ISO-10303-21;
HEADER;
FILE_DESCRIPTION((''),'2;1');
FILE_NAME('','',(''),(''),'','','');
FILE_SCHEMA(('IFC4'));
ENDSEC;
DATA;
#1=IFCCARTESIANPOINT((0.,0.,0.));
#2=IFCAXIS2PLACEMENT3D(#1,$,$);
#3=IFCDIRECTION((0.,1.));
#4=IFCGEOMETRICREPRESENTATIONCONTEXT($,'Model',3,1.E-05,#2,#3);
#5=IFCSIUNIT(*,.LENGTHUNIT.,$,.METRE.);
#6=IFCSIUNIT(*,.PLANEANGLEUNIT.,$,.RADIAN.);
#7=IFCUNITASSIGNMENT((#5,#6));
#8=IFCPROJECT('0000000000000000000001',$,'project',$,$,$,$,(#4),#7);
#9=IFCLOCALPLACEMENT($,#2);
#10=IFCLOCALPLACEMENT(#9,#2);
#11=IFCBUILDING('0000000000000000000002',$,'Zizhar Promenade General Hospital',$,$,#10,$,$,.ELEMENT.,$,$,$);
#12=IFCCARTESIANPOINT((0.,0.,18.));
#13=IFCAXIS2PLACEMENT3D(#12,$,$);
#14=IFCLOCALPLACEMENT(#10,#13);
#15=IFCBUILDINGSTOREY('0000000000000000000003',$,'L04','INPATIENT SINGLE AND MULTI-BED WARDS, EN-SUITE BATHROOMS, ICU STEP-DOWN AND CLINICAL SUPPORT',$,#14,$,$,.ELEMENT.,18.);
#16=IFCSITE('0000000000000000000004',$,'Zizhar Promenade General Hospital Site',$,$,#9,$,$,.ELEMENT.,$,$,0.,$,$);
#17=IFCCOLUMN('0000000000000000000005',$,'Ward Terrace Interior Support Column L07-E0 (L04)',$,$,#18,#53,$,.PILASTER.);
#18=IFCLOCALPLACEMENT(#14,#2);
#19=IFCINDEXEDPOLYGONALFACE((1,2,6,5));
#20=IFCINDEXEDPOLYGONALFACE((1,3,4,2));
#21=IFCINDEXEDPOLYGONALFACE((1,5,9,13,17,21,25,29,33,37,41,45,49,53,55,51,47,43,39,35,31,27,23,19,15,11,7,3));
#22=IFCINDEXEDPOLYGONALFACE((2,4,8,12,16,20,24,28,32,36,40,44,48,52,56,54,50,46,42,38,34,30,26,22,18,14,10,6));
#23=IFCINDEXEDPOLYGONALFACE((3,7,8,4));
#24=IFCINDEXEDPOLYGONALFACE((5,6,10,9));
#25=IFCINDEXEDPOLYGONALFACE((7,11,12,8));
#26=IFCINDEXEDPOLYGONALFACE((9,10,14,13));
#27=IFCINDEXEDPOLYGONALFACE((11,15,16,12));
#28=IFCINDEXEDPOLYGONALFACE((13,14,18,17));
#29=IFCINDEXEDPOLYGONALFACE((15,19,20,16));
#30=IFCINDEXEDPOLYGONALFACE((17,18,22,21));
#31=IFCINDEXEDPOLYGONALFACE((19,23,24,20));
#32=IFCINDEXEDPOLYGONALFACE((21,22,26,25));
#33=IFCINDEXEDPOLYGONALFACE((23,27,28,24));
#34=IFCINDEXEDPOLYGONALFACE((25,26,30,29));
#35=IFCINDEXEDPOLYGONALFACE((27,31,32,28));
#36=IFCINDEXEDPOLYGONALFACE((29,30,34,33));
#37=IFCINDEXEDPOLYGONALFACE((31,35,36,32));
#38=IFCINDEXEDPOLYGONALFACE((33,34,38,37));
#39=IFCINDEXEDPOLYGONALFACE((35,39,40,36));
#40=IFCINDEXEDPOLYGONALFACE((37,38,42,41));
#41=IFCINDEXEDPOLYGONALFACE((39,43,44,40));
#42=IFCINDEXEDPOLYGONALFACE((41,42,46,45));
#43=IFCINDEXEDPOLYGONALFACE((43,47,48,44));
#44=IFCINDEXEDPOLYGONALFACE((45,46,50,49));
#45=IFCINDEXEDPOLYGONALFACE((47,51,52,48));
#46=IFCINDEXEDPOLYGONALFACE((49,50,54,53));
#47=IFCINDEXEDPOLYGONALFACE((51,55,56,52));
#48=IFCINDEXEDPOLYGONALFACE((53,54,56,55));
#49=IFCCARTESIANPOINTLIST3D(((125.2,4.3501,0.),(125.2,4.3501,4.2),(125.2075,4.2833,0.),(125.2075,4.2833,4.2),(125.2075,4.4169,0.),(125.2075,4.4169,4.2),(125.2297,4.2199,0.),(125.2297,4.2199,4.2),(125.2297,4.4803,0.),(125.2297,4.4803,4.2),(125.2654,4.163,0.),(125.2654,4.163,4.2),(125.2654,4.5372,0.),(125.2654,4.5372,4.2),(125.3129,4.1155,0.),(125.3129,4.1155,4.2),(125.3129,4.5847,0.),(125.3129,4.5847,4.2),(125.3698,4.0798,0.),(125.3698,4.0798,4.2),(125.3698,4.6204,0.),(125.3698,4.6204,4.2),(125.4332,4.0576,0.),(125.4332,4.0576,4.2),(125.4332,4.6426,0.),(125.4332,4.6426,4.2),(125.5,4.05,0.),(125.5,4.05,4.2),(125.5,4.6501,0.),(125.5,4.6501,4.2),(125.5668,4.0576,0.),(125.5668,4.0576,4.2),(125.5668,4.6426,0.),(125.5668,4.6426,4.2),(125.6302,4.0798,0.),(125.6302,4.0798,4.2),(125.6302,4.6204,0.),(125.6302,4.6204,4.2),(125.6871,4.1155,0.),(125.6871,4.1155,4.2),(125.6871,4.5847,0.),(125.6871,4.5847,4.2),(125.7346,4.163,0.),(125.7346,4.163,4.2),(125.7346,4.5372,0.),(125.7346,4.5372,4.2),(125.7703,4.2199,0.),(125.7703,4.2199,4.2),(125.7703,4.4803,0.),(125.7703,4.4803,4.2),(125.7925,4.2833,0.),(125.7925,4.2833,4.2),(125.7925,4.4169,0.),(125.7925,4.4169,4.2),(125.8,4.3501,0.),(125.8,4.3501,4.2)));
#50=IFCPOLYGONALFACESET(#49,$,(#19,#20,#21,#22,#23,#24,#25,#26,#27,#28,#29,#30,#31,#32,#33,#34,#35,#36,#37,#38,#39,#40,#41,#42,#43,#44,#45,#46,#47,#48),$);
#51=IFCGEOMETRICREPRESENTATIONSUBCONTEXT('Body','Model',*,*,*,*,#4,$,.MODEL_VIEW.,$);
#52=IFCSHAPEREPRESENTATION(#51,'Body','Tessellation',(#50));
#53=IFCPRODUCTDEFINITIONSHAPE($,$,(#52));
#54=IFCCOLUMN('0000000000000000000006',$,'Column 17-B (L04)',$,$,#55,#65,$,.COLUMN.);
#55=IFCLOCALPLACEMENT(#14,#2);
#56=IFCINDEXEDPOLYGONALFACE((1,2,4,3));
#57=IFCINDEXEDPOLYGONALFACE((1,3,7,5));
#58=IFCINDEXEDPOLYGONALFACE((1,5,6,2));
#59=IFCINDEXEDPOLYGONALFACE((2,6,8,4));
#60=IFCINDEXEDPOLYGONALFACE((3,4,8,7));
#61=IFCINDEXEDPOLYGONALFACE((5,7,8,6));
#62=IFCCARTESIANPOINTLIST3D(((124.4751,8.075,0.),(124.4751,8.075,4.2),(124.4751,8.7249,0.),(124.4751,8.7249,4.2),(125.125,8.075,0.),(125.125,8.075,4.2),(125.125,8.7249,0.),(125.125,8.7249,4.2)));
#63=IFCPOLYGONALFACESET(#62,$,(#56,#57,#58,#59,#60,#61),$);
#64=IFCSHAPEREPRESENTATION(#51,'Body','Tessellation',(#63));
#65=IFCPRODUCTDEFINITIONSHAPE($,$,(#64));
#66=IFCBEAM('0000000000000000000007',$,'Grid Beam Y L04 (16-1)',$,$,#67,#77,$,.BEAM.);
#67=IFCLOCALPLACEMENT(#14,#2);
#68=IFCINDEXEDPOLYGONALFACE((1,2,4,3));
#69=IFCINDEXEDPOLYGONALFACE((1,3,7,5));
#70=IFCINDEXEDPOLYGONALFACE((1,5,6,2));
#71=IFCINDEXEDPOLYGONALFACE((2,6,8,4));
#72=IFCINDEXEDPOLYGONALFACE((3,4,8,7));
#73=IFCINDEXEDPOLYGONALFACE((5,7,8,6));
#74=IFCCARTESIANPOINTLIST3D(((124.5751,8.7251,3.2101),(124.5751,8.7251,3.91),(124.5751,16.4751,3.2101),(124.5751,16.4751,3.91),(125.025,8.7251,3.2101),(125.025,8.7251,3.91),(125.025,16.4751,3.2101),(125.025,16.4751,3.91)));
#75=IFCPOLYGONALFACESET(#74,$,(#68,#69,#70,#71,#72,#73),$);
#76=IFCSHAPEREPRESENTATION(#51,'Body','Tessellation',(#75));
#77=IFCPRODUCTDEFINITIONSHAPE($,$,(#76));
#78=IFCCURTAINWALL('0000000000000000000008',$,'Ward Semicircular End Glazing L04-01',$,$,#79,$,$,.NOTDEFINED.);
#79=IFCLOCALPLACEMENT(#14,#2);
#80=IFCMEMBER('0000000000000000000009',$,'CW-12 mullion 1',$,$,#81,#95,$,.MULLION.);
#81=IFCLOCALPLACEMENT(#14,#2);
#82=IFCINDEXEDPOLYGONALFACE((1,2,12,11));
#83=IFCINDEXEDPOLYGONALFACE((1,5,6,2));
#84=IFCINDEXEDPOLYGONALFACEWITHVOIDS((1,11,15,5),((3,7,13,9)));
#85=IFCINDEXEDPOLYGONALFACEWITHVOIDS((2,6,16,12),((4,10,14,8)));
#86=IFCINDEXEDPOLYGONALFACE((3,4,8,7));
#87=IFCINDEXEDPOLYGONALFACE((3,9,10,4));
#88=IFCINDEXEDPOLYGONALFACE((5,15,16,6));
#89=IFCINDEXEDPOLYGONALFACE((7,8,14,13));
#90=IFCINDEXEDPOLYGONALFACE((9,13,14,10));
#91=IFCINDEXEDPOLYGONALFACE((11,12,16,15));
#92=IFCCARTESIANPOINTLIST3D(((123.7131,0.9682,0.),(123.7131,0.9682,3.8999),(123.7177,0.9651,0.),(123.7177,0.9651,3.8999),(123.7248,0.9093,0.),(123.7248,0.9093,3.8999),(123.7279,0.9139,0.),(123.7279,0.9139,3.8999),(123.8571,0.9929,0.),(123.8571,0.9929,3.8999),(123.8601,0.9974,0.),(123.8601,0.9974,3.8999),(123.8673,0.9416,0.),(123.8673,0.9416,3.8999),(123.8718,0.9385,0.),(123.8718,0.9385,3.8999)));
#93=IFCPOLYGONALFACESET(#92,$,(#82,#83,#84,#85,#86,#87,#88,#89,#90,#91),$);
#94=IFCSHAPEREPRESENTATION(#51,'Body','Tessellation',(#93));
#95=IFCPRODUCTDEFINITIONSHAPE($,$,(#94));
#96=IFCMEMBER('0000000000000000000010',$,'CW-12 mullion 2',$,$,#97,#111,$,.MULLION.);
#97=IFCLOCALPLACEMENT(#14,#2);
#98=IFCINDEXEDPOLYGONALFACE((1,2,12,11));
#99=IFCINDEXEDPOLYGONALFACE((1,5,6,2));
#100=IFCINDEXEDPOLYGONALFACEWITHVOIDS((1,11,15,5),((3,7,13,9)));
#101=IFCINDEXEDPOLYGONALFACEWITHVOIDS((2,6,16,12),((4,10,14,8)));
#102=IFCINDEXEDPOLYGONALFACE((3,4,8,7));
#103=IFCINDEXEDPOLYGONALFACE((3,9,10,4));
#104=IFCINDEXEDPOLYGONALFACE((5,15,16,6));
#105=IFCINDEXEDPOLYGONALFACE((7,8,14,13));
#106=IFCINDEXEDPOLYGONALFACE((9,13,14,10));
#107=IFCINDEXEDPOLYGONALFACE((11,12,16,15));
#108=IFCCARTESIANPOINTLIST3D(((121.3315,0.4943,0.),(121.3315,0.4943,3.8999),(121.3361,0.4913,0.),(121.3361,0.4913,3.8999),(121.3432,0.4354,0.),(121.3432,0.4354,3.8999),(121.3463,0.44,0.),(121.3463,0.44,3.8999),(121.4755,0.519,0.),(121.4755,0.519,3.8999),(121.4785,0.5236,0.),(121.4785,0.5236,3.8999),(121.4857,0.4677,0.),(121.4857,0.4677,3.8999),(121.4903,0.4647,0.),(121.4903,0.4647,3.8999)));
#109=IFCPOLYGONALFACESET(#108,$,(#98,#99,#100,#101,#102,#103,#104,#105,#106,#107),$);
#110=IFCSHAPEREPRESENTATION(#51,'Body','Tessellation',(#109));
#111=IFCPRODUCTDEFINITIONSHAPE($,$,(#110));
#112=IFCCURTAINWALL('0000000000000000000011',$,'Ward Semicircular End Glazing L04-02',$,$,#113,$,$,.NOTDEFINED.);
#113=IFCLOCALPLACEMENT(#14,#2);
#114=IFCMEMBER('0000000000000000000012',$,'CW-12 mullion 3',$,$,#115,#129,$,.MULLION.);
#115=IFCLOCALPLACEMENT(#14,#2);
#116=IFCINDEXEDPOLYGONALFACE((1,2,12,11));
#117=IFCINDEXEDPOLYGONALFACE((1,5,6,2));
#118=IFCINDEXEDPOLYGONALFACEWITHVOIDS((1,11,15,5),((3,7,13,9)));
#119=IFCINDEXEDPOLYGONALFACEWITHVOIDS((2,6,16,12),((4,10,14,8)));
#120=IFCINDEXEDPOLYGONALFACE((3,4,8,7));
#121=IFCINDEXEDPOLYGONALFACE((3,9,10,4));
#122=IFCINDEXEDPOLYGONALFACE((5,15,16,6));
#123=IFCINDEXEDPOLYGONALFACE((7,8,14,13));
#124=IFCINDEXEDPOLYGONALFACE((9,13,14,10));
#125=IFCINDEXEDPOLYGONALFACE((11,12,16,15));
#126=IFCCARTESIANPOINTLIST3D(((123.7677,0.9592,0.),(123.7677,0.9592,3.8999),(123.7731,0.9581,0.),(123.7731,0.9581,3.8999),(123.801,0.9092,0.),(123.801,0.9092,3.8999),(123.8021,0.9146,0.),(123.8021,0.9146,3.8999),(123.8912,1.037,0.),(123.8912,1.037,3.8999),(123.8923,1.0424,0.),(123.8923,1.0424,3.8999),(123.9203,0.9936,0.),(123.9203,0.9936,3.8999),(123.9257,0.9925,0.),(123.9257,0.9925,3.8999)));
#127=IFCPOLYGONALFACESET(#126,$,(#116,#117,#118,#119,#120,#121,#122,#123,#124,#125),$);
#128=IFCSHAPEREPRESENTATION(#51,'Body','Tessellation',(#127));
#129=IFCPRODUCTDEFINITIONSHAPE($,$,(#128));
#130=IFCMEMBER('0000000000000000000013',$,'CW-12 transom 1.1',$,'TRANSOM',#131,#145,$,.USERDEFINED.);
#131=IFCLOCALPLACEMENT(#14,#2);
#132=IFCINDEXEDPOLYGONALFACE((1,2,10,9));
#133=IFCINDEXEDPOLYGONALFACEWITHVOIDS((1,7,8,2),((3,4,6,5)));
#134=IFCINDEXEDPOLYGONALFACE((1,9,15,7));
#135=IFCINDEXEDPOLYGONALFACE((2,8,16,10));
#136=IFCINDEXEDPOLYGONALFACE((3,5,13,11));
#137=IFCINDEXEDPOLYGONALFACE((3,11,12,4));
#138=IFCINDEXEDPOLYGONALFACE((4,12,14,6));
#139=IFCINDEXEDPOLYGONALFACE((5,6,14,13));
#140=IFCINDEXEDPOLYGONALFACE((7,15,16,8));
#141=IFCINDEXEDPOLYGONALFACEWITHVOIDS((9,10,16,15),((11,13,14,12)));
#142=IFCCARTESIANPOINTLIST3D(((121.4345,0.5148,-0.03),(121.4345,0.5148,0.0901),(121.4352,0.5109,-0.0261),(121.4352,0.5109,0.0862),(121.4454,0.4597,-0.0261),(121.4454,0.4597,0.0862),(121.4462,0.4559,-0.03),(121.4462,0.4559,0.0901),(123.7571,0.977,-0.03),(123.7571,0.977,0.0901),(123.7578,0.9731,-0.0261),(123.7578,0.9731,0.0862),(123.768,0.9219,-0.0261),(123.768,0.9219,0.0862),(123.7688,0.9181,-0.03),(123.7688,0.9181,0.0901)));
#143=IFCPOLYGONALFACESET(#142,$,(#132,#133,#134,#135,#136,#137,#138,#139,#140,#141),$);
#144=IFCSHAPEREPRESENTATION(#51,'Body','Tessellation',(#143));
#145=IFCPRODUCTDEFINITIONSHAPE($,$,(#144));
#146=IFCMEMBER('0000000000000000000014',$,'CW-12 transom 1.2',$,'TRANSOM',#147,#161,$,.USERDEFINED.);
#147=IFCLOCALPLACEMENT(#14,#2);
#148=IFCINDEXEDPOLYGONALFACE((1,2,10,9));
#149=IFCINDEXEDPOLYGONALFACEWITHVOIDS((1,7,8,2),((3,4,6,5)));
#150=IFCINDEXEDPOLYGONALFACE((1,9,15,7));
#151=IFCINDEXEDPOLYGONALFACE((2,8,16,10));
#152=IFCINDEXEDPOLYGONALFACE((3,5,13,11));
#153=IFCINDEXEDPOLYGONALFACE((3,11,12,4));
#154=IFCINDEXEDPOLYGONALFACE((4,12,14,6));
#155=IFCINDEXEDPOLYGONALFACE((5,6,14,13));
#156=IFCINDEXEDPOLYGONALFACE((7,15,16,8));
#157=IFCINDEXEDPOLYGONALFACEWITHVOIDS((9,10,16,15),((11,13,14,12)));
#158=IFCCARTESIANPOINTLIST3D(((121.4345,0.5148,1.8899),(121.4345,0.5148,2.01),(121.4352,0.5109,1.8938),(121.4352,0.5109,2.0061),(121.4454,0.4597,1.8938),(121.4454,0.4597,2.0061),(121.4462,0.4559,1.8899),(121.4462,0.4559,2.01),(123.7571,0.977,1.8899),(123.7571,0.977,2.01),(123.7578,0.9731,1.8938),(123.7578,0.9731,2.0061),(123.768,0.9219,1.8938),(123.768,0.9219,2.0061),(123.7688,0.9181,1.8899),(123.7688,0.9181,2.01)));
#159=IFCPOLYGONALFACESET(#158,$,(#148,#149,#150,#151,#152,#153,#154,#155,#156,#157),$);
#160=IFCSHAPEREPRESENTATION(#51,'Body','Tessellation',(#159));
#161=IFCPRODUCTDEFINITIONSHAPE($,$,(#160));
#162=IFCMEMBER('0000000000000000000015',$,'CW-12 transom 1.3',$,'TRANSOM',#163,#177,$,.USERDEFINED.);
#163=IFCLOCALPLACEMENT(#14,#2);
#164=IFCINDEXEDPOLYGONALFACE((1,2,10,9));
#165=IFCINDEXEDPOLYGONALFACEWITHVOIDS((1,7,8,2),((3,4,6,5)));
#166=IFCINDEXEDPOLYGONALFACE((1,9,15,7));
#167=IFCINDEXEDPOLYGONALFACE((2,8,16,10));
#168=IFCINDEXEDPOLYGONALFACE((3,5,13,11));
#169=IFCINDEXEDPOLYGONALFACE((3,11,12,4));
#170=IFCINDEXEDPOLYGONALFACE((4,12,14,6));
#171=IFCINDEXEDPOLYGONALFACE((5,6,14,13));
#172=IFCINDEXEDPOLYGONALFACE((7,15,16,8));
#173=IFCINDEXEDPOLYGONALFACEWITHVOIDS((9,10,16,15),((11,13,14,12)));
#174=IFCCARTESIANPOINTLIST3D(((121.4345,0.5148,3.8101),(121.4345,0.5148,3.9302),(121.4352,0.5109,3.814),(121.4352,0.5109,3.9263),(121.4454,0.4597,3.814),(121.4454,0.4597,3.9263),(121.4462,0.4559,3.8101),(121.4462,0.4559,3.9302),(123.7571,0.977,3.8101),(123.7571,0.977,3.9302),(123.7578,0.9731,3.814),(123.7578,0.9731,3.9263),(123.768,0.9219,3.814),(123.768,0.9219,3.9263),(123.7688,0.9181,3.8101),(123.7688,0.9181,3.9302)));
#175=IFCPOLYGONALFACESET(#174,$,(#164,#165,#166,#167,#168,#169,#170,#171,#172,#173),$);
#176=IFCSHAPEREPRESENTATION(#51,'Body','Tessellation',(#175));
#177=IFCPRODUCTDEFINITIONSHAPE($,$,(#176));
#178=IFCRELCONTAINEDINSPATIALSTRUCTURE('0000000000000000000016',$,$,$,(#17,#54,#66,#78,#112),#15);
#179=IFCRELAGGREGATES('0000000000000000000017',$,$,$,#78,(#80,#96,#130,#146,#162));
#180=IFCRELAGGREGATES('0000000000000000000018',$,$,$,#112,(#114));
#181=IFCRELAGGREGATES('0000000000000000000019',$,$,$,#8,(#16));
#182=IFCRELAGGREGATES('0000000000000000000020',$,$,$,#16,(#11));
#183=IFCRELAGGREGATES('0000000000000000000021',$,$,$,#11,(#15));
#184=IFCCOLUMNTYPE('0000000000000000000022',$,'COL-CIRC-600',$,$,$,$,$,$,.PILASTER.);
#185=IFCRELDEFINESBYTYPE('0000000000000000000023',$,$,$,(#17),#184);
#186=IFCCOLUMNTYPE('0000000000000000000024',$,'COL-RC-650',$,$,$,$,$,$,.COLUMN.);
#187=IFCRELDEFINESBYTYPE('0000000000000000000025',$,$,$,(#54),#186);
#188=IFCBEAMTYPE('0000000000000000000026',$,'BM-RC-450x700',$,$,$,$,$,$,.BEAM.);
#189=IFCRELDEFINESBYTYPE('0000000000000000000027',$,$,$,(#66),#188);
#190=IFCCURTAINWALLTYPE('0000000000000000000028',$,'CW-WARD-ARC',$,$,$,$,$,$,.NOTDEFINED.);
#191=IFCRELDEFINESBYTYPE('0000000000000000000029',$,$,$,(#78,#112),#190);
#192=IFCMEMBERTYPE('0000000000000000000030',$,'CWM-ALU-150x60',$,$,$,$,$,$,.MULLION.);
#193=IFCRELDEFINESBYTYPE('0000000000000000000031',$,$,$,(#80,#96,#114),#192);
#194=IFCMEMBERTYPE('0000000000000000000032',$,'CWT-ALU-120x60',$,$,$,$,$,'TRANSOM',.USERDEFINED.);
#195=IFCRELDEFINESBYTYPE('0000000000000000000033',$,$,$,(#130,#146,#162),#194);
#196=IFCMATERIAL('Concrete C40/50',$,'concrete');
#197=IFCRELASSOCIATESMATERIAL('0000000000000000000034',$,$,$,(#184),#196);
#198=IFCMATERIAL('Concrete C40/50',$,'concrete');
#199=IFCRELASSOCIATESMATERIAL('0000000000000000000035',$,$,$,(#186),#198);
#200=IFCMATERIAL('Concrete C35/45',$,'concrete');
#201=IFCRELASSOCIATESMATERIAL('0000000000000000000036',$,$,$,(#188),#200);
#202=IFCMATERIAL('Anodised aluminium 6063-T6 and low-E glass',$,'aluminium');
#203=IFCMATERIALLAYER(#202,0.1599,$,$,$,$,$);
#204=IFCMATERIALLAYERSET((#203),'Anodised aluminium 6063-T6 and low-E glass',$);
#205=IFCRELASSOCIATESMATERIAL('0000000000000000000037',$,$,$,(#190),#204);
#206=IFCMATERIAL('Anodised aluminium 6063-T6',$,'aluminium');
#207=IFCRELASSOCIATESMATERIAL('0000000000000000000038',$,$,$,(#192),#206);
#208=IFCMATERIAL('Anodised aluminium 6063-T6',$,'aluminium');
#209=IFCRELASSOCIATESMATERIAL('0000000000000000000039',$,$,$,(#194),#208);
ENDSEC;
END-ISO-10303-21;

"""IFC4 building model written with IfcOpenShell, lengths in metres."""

from ifc_helpers import new_model, si_unit, direction, frame, origin, origin_2d, place, context, subcontext, project, spatial, rectangle, hollow_rectangle, circle, extrude, material, layer, layer_set, material_profile, profile_set, type_object, element, aggregate, save


model = new_model("IFC4")

# Units and contexts
model_context = context("Model", 3, precision=1e-05, world=origin(), true_north=direction((0.0, 1.0)))
body_context = subcontext(model_context, "Body", "Model", "MODEL_VIEW")
ifc_project = project(units=[si_unit("LENGTHUNIT", "METRE"), si_unit("PLANEANGLEUNIT", "RADIAN")], contexts=[model_context])

# Site, building, storey
site_placement = place(None, origin())
site = spatial("IfcSite", under=ifc_project, at=site_placement, Name="Zizhar Promenade General Hospital Site", CompositionType="ELEMENT", RefElevation=0.0)
building_placement = place(site_placement, origin())
building = spatial("IfcBuilding", under=site, at=building_placement, Name="Zizhar Promenade General Hospital", CompositionType="ELEMENT")
storey_placement = place(building_placement, frame((0.0, 0.0, 18.0)))
storey = spatial("IfcBuildingStorey", under=building, at=storey_placement, Name="L04", Description="INPATIENT SINGLE AND MULTI-BED WARDS, EN-SUITE BATHROOMS, ICU STEP-DOWN AND CLINICAL SUPPORT", CompositionType="ELEMENT", Elevation=18.0)

# Columns
ifc_material_1 = material(Name="Concrete C40/50", Category="concrete")
ifc_material_profile_1 = material_profile(ifc_material_1, circle(Radius=0.3, at=origin_2d()))
ifc_profile_set_1 = profile_set([ifc_material_profile_1], Name="Concrete C40/50")
column_type_1 = type_object("IfcColumnType", Name="COL-CIRC-600", PredefinedType="PILASTER", material=ifc_profile_set_1)
column_1_placement = place(storey_placement, frame((125.5, 4.3501, 0.0), z_axis=(0.0, 0.0, 1.0), x_axis=(1.0, 0.0, 0.0)))
element("IfcColumn", 1, at=column_1_placement, inside=storey, type_object=column_type_1, Name="Ward Terrace Interior Support Column L07-E0 (L04)", PredefinedType="PILASTER", context=body_context, shape_type="SweptSolid", body=[
    extrude(circle(Radius=0.3, at=origin_2d()), origin(), (0.0, 0.0, 1.0), 4.2),
])
ifc_material_2 = material(Name="Concrete C40/50", Category="concrete")
ifc_material_profile_2 = material_profile(ifc_material_2, rectangle(XDim=0.6499, YDim=0.6499, at=origin_2d()))
ifc_profile_set_2 = profile_set([ifc_material_profile_2], Name="Concrete C40/50")
column_type_2 = type_object("IfcColumnType", Name="COL-RC-650", PredefinedType="COLUMN", material=ifc_profile_set_2)
column_2_placement = place(storey_placement, frame((124.8, 8.3999, 0.0), z_axis=(0.0, 0.0, 1.0), x_axis=(1.0, 0.0, 0.0)))
element("IfcColumn", 2, at=column_2_placement, inside=storey, type_object=column_type_2, Name="Column 17-B (L04)", PredefinedType="COLUMN", context=body_context, shape_type="SweptSolid", body=[
    extrude(rectangle(XDim=0.6499, YDim=0.6499, at=origin_2d()), origin(), (0.0, 0.0, 1.0), 4.2),
])

# Beam
ifc_material_3 = material(Name="Concrete C35/45", Category="concrete")
ifc_material_profile_3 = material_profile(ifc_material_3, rectangle(XDim=0.45, YDim=0.7, at=origin_2d()))
ifc_profile_set_3 = profile_set([ifc_material_profile_3], Name="Concrete C35/45")
beam_type = type_object("IfcBeamType", Name="BM-RC-450x700", PredefinedType="BEAM", material=ifc_profile_set_3)
beam_placement = place(storey_placement, frame((124.8, 8.7251, 3.5601), z_axis=(0.0, 1.0, 0.0), x_axis=(-1.0, 0.0, 0.0)))
element("IfcBeam", 3, at=beam_placement, inside=storey, type_object=beam_type, Name="Grid Beam Y L04 (16-1)", PredefinedType="BEAM", context=body_context, shape_type="SweptSolid", body=[
    extrude(rectangle(XDim=0.45, YDim=0.7, at=origin_2d()), origin(), (0.0, 0.0, 1.0), 7.75),
])

# Curtain wall, members
ifc_material_4 = material(Name="Anodised aluminium 6063-T6 and low-E glass", Category="aluminium")
ifc_layer_1 = layer(ifc_material_4, 0.1599)
ifc_layer_set_1 = layer_set([ifc_layer_1], Name="Anodised aluminium 6063-T6 and low-E glass")
curtain_wall_type = type_object("IfcCurtainWallType", Name="CW-WARD-ARC", PredefinedType="NOTDEFINED", material=ifc_layer_set_1)
curtain_wall_1_placement = place(storey_placement, origin())
curtain_wall_1 = element("IfcCurtainWall", 4, at=curtain_wall_1_placement, inside=storey, type_object=curtain_wall_type, Name="Ward Semicircular End Glazing L04-01", PredefinedType="NOTDEFINED")
ifc_material_5 = material(Name="Anodised aluminium 6063-T6", Category="aluminium")
ifc_material_profile_4 = material_profile(ifc_material_5, hollow_rectangle(XDim=0.0601, YDim=0.1499, WallThickness=0.0039, at=origin_2d()))
ifc_profile_set_4 = profile_set([ifc_material_profile_4], Name="Anodised aluminium 6063-T6")
member_type_1 = type_object("IfcMemberType", Name="CWM-ALU-150x60", PredefinedType="MULLION", material=ifc_profile_set_4)
member_1_placement = place(storey_placement, frame((123.7925, 0.9534, 0.0), z_axis=(0.0, 0.0, 1.0), x_axis=(0.195087, -0.980786, 0.0)))
member_1 = element("IfcMember", 5, at=member_1_placement, type_object=member_type_1, Name="CW-12 mullion 1", PredefinedType="MULLION", context=body_context, shape_type="SweptSolid", body=[
    extrude(hollow_rectangle(XDim=0.0601, YDim=0.1499, WallThickness=0.0039, at=origin_2d()), origin(), (0.0, 0.0, 1.0), 3.8999),
])
member_2_placement = place(storey_placement, frame((121.4109, 0.4795, 0.0), z_axis=(0.0, 0.0, 1.0), x_axis=(0.195087, -0.980786, 0.0)))
member_2 = element("IfcMember", 6, at=member_2_placement, type_object=member_type_1, Name="CW-12 mullion 2", PredefinedType="MULLION", context=body_context, shape_type="SweptSolid", body=[
    extrude(hollow_rectangle(XDim=0.0601, YDim=0.1499, WallThickness=0.0039, at=origin_2d()), origin(), (0.0, 0.0, 1.0), 3.8999),
])

# Curtain wall, member
curtain_wall_2_placement = place(storey_placement, origin())
curtain_wall_2 = element("IfcCurtainWall", 7, at=curtain_wall_2_placement, inside=storey, type_object=curtain_wall_type, Name="Ward Semicircular End Glazing L04-02", PredefinedType="NOTDEFINED")
member_3_placement = place(storey_placement, frame((123.8467, 0.9758, 0.0), z_axis=(0.0, 0.0, 1.0), x_axis=(0.555582, -0.831462, 0.0)))
member_3 = element("IfcMember", 8, at=member_3_placement, type_object=member_type_1, Name="CW-12 mullion 3", PredefinedType="MULLION", context=body_context, shape_type="SweptSolid", body=[
    extrude(hollow_rectangle(XDim=0.0601, YDim=0.1499, WallThickness=0.0039, at=origin_2d()), origin(), (0.0, 0.0, 1.0), 3.8999),
])

# Members
ifc_material_6 = material(Name="Anodised aluminium 6063-T6", Category="aluminium")
ifc_material_profile_5 = material_profile(ifc_material_6, hollow_rectangle(XDim=0.0601, YDim=0.1201, WallThickness=0.0039, at=origin_2d()))
ifc_profile_set_5 = profile_set([ifc_material_profile_5], Name="Anodised aluminium 6063-T6")
member_type_2 = type_object("IfcMemberType", Name="CWT-ALU-120x60", ElementType="TRANSOM", PredefinedType="USERDEFINED", material=ifc_profile_set_5)
member_4_placement = place(storey_placement, frame((123.7629, 0.9475, 0.03), z_axis=(-0.980771, -0.195164, 0.0), x_axis=(0.195164, -0.980771, 0.0)))
member_4 = element("IfcMember", 9, at=member_4_placement, type_object=member_type_2, Name="CW-12 transom 1.1", ObjectType="TRANSOM", PredefinedType="USERDEFINED", context=body_context, shape_type="SweptSolid", body=[
    extrude(hollow_rectangle(XDim=0.0601, YDim=0.1201, WallThickness=0.0039, at=origin_2d()), origin(), (0.0, 0.0, 1.0), 2.3682),
])
member_5_placement = place(storey_placement, frame((123.7629, 0.9475, 1.95), z_axis=(-0.980771, -0.195164, 0.0), x_axis=(0.195164, -0.980771, 0.0)))
member_5 = element("IfcMember", 10, at=member_5_placement, type_object=member_type_2, Name="CW-12 transom 1.2", ObjectType="TRANSOM", PredefinedType="USERDEFINED", context=body_context, shape_type="SweptSolid", body=[
    extrude(hollow_rectangle(XDim=0.0601, YDim=0.1201, WallThickness=0.0039, at=origin_2d()), origin(), (0.0, 0.0, 1.0), 2.3682),
])
member_6_placement = place(storey_placement, frame((123.7629, 0.9475, 3.8701), z_axis=(-0.980771, -0.195164, 0.0), x_axis=(0.195164, -0.980771, 0.0)))
member_6 = element("IfcMember", 11, at=member_6_placement, type_object=member_type_2, Name="CW-12 transom 1.3", ObjectType="TRANSOM", PredefinedType="USERDEFINED", context=body_context, shape_type="SweptSolid", body=[
    extrude(hollow_rectangle(XDim=0.0601, YDim=0.1201, WallThickness=0.0039, at=origin_2d()), origin(), (0.0, 0.0, 1.0), 2.3682),
])

aggregate(curtain_wall_1, [member_1, member_2, member_4, member_5, member_6])
aggregate(curtain_wall_2, [member_3])

save(model, "model.ifc")
